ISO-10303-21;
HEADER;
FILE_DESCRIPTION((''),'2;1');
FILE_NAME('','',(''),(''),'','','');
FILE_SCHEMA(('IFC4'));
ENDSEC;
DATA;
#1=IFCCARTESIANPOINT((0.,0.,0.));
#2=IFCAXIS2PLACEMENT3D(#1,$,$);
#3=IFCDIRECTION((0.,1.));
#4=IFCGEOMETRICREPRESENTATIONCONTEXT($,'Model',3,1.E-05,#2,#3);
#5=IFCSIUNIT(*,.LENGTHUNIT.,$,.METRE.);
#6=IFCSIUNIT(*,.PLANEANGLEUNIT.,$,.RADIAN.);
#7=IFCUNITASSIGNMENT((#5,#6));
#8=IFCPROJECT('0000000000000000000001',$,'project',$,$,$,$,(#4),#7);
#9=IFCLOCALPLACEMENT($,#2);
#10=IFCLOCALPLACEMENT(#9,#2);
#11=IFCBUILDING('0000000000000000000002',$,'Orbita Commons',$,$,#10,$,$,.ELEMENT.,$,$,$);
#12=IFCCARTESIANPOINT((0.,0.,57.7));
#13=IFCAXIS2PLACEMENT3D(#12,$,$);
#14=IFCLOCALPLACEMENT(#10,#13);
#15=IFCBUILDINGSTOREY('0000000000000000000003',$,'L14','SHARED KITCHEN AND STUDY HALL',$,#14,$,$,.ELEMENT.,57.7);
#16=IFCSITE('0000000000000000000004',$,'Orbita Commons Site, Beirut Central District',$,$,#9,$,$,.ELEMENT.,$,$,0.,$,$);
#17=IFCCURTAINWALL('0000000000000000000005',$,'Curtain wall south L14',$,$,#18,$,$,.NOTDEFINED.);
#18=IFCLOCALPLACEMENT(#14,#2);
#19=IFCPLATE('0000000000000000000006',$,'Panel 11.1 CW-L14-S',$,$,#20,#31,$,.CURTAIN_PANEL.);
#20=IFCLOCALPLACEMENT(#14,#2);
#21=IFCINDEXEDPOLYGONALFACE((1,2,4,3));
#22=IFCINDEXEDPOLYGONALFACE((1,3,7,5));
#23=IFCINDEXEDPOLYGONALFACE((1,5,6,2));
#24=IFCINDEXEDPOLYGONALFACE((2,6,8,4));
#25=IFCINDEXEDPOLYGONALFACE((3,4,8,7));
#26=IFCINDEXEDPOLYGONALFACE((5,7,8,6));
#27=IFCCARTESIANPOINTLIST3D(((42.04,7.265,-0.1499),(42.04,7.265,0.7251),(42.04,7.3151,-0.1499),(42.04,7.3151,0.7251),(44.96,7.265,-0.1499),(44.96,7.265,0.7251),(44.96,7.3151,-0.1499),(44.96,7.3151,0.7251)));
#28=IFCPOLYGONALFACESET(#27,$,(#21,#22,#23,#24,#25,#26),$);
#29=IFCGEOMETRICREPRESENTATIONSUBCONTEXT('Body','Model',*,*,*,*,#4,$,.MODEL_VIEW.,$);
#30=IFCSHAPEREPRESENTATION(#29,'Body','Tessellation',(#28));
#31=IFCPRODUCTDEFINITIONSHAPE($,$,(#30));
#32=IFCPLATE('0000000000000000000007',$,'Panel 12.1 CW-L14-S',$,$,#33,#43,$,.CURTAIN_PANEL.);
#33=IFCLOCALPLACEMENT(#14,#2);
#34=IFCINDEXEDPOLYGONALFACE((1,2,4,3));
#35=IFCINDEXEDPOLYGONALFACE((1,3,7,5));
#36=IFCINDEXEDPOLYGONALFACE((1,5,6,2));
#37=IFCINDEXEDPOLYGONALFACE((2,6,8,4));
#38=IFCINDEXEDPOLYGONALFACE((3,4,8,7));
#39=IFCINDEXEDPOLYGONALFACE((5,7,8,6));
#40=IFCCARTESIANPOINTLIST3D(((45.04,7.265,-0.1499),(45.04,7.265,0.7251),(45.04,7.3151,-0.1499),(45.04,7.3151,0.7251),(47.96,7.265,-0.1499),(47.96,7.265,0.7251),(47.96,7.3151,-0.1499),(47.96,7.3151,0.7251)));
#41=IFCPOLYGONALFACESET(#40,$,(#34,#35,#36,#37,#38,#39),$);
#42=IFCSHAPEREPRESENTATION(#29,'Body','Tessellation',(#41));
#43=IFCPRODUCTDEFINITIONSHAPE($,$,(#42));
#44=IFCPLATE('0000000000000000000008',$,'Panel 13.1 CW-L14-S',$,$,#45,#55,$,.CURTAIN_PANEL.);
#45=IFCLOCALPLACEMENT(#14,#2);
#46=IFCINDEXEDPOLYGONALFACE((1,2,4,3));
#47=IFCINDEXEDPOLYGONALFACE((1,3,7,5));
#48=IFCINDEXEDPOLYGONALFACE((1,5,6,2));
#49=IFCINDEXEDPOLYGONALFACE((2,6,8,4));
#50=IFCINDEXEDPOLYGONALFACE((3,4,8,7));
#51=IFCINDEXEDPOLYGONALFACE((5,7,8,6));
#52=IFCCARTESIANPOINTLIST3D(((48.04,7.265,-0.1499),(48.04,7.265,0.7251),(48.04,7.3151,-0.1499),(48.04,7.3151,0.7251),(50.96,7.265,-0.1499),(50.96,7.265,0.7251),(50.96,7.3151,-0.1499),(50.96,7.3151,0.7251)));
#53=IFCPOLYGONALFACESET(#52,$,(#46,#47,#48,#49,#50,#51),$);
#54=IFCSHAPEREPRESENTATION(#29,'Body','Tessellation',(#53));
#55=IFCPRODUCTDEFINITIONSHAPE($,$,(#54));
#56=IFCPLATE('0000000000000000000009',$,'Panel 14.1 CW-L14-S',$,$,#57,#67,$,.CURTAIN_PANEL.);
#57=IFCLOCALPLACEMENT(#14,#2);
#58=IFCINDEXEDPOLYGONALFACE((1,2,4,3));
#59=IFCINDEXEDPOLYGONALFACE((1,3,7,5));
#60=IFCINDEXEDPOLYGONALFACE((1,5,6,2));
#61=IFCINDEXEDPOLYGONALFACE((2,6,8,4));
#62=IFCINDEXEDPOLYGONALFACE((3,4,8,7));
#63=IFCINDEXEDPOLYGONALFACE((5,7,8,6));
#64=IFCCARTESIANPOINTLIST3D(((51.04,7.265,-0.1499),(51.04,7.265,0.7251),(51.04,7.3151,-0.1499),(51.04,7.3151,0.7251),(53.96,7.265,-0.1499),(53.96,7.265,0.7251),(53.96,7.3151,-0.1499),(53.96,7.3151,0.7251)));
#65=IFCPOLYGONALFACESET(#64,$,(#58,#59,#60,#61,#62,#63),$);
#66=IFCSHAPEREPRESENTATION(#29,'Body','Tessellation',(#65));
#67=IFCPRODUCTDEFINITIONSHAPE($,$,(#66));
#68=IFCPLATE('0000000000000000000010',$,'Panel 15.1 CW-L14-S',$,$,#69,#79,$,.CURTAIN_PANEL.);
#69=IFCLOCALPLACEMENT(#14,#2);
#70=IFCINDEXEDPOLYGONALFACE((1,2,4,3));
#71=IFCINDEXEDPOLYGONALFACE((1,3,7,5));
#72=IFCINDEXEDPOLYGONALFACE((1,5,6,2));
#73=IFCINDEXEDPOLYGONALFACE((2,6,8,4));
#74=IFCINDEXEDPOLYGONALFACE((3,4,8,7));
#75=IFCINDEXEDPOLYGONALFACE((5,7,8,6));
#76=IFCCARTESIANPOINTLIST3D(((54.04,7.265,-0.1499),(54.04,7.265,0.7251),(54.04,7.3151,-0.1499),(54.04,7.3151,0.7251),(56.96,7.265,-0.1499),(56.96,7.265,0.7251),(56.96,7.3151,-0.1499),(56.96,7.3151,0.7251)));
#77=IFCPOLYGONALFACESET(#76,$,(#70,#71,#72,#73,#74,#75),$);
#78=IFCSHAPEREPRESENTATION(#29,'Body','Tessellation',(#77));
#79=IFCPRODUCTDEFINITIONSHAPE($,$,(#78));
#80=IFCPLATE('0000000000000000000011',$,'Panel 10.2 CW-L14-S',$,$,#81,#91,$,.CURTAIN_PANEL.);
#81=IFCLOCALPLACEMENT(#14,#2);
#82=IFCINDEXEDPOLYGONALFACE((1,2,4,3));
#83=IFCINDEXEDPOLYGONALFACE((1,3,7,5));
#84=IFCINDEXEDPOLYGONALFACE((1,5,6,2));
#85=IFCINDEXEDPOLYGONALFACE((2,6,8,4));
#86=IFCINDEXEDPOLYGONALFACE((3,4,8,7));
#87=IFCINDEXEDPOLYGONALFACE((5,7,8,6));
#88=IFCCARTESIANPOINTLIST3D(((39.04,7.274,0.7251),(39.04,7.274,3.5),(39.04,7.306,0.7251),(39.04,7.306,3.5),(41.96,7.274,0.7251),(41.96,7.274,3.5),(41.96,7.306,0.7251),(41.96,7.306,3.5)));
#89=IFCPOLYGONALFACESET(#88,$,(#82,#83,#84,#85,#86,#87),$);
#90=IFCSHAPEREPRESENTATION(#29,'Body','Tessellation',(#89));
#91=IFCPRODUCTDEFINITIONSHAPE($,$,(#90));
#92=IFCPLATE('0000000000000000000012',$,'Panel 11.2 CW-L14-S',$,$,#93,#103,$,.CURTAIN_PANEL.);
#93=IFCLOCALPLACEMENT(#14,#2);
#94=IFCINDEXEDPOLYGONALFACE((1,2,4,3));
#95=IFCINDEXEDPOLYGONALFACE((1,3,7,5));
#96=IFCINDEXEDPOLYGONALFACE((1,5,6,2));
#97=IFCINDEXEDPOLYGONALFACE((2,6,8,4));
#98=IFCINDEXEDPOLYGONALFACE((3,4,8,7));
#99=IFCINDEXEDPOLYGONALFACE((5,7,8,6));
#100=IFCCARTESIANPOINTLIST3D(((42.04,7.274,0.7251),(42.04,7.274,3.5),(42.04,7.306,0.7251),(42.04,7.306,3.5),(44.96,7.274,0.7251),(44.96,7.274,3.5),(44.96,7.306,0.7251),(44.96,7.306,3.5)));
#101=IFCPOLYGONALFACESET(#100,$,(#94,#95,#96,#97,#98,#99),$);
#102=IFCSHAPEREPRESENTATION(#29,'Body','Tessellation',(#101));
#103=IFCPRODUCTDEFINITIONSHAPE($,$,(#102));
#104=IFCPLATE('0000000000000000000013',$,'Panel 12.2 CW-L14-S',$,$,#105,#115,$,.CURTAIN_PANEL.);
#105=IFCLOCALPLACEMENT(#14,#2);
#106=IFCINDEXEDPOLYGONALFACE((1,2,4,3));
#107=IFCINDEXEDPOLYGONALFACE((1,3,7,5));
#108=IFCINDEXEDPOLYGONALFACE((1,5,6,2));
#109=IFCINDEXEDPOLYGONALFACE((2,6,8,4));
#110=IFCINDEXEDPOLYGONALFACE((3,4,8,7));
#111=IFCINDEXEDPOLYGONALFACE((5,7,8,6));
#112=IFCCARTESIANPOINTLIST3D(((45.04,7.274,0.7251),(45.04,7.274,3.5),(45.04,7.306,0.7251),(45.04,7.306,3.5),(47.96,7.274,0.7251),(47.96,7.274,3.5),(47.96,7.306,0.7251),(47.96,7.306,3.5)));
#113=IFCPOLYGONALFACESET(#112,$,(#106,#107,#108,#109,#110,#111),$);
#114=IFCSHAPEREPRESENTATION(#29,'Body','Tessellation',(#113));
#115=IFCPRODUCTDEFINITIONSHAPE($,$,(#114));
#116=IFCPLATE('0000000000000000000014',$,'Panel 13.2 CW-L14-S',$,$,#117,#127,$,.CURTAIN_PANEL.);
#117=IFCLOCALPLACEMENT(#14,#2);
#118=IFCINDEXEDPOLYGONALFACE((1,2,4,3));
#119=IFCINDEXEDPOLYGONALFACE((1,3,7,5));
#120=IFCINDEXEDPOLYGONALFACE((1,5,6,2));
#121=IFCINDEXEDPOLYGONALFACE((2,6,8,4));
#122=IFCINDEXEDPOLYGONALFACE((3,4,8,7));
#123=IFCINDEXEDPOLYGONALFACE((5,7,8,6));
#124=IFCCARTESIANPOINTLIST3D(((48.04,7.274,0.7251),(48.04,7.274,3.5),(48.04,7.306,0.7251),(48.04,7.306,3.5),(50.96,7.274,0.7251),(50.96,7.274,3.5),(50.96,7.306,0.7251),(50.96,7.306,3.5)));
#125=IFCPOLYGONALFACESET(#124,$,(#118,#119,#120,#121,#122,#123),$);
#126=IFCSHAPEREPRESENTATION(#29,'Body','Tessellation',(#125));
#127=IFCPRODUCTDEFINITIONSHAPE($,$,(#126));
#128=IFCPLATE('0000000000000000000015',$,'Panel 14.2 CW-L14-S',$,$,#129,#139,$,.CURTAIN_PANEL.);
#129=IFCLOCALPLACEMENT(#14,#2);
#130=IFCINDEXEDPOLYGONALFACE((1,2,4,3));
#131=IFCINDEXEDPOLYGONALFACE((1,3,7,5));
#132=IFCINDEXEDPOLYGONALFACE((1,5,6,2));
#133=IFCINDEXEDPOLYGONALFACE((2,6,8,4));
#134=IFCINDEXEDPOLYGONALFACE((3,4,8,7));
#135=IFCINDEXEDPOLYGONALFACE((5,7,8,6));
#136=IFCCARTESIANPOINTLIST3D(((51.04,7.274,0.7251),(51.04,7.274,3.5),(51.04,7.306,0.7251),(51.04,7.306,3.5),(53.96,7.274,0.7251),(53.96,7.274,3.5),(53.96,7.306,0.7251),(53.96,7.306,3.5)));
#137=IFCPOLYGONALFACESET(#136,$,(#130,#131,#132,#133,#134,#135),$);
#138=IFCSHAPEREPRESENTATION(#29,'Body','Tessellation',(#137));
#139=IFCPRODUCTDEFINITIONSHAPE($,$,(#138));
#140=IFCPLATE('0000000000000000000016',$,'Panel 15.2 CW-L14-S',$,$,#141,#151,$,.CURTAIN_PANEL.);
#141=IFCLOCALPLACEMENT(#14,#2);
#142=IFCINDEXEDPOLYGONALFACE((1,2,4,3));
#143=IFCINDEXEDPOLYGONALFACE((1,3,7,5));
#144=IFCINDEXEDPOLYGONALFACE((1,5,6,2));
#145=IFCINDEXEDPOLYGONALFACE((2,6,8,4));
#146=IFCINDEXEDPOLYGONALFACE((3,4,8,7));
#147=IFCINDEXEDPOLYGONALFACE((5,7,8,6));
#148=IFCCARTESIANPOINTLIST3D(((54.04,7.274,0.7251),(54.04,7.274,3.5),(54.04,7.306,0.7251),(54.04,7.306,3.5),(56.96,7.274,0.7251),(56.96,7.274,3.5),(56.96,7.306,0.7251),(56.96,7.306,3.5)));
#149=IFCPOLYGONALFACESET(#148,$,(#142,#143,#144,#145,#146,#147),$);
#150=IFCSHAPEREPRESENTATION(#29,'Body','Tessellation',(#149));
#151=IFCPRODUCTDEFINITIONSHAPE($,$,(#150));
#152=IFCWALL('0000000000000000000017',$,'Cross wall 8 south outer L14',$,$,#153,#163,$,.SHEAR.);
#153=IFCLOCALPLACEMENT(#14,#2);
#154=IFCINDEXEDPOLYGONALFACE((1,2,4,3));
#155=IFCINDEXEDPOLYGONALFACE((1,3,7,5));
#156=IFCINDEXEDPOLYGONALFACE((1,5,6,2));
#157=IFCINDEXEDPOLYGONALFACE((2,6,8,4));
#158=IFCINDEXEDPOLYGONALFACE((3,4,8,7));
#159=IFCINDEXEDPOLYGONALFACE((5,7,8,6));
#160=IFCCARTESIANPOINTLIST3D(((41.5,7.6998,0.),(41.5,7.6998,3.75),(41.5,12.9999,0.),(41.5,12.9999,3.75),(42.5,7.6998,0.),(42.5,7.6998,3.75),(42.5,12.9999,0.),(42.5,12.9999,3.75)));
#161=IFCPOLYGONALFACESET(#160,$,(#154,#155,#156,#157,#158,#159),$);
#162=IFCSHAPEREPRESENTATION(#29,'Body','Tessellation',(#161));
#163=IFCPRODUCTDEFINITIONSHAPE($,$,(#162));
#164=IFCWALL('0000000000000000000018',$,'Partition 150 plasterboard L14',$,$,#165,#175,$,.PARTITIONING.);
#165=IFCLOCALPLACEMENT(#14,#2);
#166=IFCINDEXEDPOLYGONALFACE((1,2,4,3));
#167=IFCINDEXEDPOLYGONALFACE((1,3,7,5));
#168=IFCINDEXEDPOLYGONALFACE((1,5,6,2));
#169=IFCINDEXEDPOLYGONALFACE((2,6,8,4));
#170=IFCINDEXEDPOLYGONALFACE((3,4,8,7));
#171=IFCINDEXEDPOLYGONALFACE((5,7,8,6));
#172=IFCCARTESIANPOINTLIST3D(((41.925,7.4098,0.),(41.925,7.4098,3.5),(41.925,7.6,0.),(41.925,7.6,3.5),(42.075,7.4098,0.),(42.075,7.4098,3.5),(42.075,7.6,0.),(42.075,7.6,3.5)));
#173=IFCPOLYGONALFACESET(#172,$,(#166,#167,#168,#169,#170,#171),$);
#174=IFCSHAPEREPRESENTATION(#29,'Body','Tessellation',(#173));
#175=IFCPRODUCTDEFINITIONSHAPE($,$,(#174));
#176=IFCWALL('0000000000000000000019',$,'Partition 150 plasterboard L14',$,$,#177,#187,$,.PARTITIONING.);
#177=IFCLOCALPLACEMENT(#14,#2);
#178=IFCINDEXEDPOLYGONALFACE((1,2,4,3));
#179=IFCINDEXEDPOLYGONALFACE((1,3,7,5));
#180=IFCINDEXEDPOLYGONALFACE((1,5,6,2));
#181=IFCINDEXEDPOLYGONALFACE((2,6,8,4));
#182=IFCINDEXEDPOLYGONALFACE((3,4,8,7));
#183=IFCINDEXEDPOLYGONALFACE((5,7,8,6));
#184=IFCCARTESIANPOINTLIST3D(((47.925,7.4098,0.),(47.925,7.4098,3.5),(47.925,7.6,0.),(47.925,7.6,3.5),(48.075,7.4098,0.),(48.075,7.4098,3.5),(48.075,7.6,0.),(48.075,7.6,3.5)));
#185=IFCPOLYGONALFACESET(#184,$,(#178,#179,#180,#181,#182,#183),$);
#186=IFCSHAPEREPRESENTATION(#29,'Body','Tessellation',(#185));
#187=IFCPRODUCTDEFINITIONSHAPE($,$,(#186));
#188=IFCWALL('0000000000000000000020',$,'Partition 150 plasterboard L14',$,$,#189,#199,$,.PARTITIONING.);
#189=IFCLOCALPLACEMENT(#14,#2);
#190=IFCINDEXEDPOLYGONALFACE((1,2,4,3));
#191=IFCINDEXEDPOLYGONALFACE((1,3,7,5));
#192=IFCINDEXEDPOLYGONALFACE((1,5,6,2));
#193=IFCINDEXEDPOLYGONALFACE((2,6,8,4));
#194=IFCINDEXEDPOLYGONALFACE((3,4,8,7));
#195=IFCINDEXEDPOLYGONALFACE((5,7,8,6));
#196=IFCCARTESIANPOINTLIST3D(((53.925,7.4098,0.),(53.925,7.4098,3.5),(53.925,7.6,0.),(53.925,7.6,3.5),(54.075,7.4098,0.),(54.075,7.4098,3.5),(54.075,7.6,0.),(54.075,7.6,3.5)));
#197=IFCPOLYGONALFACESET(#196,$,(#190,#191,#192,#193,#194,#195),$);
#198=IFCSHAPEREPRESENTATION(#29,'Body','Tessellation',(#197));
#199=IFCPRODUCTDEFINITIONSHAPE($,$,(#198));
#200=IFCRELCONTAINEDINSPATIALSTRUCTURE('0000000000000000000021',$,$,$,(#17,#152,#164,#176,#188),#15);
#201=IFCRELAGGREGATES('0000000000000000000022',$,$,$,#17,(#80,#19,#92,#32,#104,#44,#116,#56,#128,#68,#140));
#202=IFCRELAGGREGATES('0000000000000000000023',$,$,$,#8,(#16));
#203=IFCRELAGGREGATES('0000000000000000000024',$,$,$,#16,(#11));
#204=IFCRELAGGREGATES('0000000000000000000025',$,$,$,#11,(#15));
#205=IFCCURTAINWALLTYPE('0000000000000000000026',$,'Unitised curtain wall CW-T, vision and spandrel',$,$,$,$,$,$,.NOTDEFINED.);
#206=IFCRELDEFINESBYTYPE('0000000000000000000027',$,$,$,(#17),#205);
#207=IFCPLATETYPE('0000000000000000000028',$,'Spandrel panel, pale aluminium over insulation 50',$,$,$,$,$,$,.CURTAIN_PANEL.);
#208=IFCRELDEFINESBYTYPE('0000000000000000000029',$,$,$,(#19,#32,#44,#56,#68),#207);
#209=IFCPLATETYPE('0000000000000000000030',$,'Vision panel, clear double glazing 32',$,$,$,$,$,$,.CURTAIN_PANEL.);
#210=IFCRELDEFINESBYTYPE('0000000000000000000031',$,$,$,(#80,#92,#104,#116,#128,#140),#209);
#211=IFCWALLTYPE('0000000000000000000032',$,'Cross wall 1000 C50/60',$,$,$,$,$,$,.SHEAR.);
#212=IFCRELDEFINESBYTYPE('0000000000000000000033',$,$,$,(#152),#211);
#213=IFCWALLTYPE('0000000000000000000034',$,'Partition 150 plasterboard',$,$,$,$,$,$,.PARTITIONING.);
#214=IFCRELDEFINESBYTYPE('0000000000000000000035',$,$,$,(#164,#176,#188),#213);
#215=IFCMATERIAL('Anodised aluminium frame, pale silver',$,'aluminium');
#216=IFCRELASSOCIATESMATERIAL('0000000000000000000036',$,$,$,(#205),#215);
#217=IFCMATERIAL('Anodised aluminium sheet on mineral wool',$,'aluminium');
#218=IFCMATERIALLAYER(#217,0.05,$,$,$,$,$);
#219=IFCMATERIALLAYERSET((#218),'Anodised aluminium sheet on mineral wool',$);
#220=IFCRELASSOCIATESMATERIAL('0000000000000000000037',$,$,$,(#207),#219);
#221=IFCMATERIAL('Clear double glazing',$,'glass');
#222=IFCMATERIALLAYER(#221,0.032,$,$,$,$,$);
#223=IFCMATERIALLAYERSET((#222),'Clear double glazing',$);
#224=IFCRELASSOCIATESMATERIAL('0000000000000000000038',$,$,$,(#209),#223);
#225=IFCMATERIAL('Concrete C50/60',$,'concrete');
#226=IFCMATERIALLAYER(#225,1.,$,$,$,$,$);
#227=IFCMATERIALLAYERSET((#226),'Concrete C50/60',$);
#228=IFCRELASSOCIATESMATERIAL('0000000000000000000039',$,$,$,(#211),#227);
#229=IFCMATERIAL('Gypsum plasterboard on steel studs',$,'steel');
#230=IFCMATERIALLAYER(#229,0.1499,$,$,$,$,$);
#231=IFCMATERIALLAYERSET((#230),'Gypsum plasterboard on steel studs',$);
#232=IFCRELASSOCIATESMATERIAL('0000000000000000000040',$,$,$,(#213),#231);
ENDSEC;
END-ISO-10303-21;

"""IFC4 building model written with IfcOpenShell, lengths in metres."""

from ifc_helpers import new_model, si_unit, direction, frame, frame_2d, origin, origin_2d, place, context, subcontext, project, spatial, rectangle, extrude, material, layer, layer_set, type_object, element, aggregate, save


model = new_model("IFC4")

# Units and contexts
model_context = context("Model", 3, precision=1e-05, world=origin(), true_north=direction((0.0, 1.0)))
body_context = subcontext(model_context, "Body", "Model", "MODEL_VIEW")
ifc_project = project(units=[si_unit("LENGTHUNIT", "METRE"), si_unit("PLANEANGLEUNIT", "RADIAN")], contexts=[model_context])

# Site, building, storey
site_placement = place(None, origin())
site = spatial("IfcSite", under=ifc_project, at=site_placement, Name="Orbita Commons Site, Beirut Central District", CompositionType="ELEMENT", RefElevation=0.0)
building_placement = place(site_placement, origin())
building = spatial("IfcBuilding", under=site, at=building_placement, Name="Orbita Commons", CompositionType="ELEMENT")
storey_placement = place(building_placement, frame((0.0, 0.0, 57.7)))
storey = spatial("IfcBuildingStorey", under=building, at=storey_placement, Name="L14", Description="SHARED KITCHEN AND STUDY HALL", CompositionType="ELEMENT", Elevation=57.7)

# Curtain wall, plates
ifc_material_1 = material(Name="Anodised aluminium frame, pale silver", Category="aluminium")
curtain_wall_type = type_object("IfcCurtainWallType", Name="Unitised curtain wall CW-T, vision and spandrel", PredefinedType="NOTDEFINED", material=ifc_material_1)
curtain_wall_placement = place(storey_placement, origin())
curtain_wall = element("IfcCurtainWall", 1, at=curtain_wall_placement, inside=storey, type_object=curtain_wall_type, Name="Curtain wall south L14", PredefinedType="NOTDEFINED")
ifc_material_2 = material(Name="Anodised aluminium sheet on mineral wool", Category="aluminium")
ifc_layer_1 = layer(ifc_material_2, 0.05)
ifc_layer_set_1 = layer_set([ifc_layer_1], Name="Anodised aluminium sheet on mineral wool")
plate_type_1 = type_object("IfcPlateType", Name="Spandrel panel, pale aluminium over insulation 50", PredefinedType="CURTAIN_PANEL", material=ifc_layer_set_1)
plate_1_placement = place(storey_placement, frame((43.5, 7.29, -0.1499), z_axis=(0.0, 0.0, 1.0), x_axis=(1.0, 0.0, 0.0)))
plate_1 = element("IfcPlate", 2, at=plate_1_placement, type_object=plate_type_1, Name="Panel 11.1 CW-L14-S", PredefinedType="CURTAIN_PANEL", context=body_context, shape_type="SweptSolid", body=[
    extrude(rectangle(XDim=2.9199, YDim=0.05, at=origin_2d()), origin(), (0.0, 0.0, 1.0), 0.875),
])
plate_2_placement = place(storey_placement, frame((46.5, 7.29, -0.1499), z_axis=(0.0, 0.0, 1.0), x_axis=(1.0, 0.0, 0.0)))
plate_2 = element("IfcPlate", 3, at=plate_2_placement, type_object=plate_type_1, Name="Panel 12.1 CW-L14-S", PredefinedType="CURTAIN_PANEL", context=body_context, shape_type="SweptSolid", body=[
    extrude(rectangle(XDim=2.9199, YDim=0.05, at=origin_2d()), origin(), (0.0, 0.0, 1.0), 0.875),
])
plate_3_placement = place(storey_placement, frame((49.5, 7.29, -0.1499), z_axis=(0.0, 0.0, 1.0), x_axis=(1.0, 0.0, 0.0)))
plate_3 = element("IfcPlate", 4, at=plate_3_placement, type_object=plate_type_1, Name="Panel 13.1 CW-L14-S", PredefinedType="CURTAIN_PANEL", context=body_context, shape_type="SweptSolid", body=[
    extrude(rectangle(XDim=2.9199, YDim=0.05, at=origin_2d()), origin(), (0.0, 0.0, 1.0), 0.875),
])
plate_4_placement = place(storey_placement, frame((52.5, 7.29, -0.1499), z_axis=(0.0, 0.0, 1.0), x_axis=(1.0, 0.0, 0.0)))
plate_4 = element("IfcPlate", 5, at=plate_4_placement, type_object=plate_type_1, Name="Panel 14.1 CW-L14-S", PredefinedType="CURTAIN_PANEL", context=body_context, shape_type="SweptSolid", body=[
    extrude(rectangle(XDim=2.9199, YDim=0.05, at=origin_2d()), origin(), (0.0, 0.0, 1.0), 0.875),
])
plate_5_placement = place(storey_placement, frame((55.5, 7.29, -0.1499), z_axis=(0.0, 0.0, 1.0), x_axis=(1.0, 0.0, 0.0)))
plate_5 = element("IfcPlate", 6, at=plate_5_placement, type_object=plate_type_1, Name="Panel 15.1 CW-L14-S", PredefinedType="CURTAIN_PANEL", context=body_context, shape_type="SweptSolid", body=[
    extrude(rectangle(XDim=2.9199, YDim=0.05, at=origin_2d()), origin(), (0.0, 0.0, 1.0), 0.875),
])
ifc_material_3 = material(Name="Clear double glazing", Category="glass")
ifc_layer_2 = layer(ifc_material_3, 0.032)
ifc_layer_set_2 = layer_set([ifc_layer_2], Name="Clear double glazing")
plate_type_2 = type_object("IfcPlateType", Name="Vision panel, clear double glazing 32", PredefinedType="CURTAIN_PANEL", material=ifc_layer_set_2)
plate_6_placement = place(storey_placement, frame((40.5, 7.29, 0.7251), z_axis=(0.0, 0.0, 1.0), x_axis=(1.0, 0.0, 0.0)))
plate_6 = element("IfcPlate", 7, at=plate_6_placement, type_object=plate_type_2, Name="Panel 10.2 CW-L14-S", PredefinedType="CURTAIN_PANEL", context=body_context, shape_type="SweptSolid", body=[
    extrude(rectangle(XDim=2.9199, YDim=0.032, at=origin_2d()), origin(), (0.0, 0.0, 1.0), 2.7749),
])
plate_7_placement = place(storey_placement, frame((43.5, 7.29, 0.7251), z_axis=(0.0, 0.0, 1.0), x_axis=(1.0, 0.0, 0.0)))
plate_7 = element("IfcPlate", 8, at=plate_7_placement, type_object=plate_type_2, Name="Panel 11.2 CW-L14-S", PredefinedType="CURTAIN_PANEL", context=body_context, shape_type="SweptSolid", body=[
    extrude(rectangle(XDim=2.9199, YDim=0.032, at=origin_2d()), origin(), (0.0, 0.0, 1.0), 2.7749),
])
plate_8_placement = place(storey_placement, frame((46.5, 7.29, 0.7251), z_axis=(0.0, 0.0, 1.0), x_axis=(1.0, 0.0, 0.0)))
plate_8 = element("IfcPlate", 9, at=plate_8_placement, type_object=plate_type_2, Name="Panel 12.2 CW-L14-S", PredefinedType="CURTAIN_PANEL", context=body_context, shape_type="SweptSolid", body=[
    extrude(rectangle(XDim=2.9199, YDim=0.032, at=origin_2d()), origin(), (0.0, 0.0, 1.0), 2.7749),
])
plate_9_placement = place(storey_placement, frame((49.5, 7.29, 0.7251), z_axis=(0.0, 0.0, 1.0), x_axis=(1.0, 0.0, 0.0)))
plate_9 = element("IfcPlate", 10, at=plate_9_placement, type_object=plate_type_2, Name="Panel 13.2 CW-L14-S", PredefinedType="CURTAIN_PANEL", context=body_context, shape_type="SweptSolid", body=[
    extrude(rectangle(XDim=2.9199, YDim=0.032, at=origin_2d()), origin(), (0.0, 0.0, 1.0), 2.7749),
])
plate_10_placement = place(storey_placement, frame((52.5, 7.29, 0.7251), z_axis=(0.0, 0.0, 1.0), x_axis=(1.0, 0.0, 0.0)))
plate_10 = element("IfcPlate", 11, at=plate_10_placement, type_object=plate_type_2, Name="Panel 14.2 CW-L14-S", PredefinedType="CURTAIN_PANEL", context=body_context, shape_type="SweptSolid", body=[
    extrude(rectangle(XDim=2.9199, YDim=0.032, at=origin_2d()), origin(), (0.0, 0.0, 1.0), 2.7749),
])
plate_11_placement = place(storey_placement, frame((55.5, 7.29, 0.7251), z_axis=(0.0, 0.0, 1.0), x_axis=(1.0, 0.0, 0.0)))
plate_11 = element("IfcPlate", 12, at=plate_11_placement, type_object=plate_type_2, Name="Panel 15.2 CW-L14-S", PredefinedType="CURTAIN_PANEL", context=body_context, shape_type="SweptSolid", body=[
    extrude(rectangle(XDim=2.9199, YDim=0.032, at=origin_2d()), origin(), (0.0, 0.0, 1.0), 2.7749),
])
aggregate(curtain_wall, [plate_6, plate_1, plate_7, plate_2, plate_8, plate_3, plate_9, plate_4, plate_10, plate_5, plate_11])

# Walls
ifc_material_4 = material(Name="Concrete C50/60", Category="concrete")
ifc_layer_3 = layer(ifc_material_4, 1.0)
ifc_layer_set_3 = layer_set([ifc_layer_3], Name="Concrete C50/60")
wall_type_1 = type_object("IfcWallType", Name="Cross wall 1000 C50/60", PredefinedType="SHEAR", material=ifc_layer_set_3)
wall_1_placement = place(storey_placement, frame((42.0, 7.7, 0.0), z_axis=(0.0, 0.0, 1.0), x_axis=(0.0, 1.0, 0.0)))
element("IfcWall", 13, at=wall_1_placement, inside=storey, type_object=wall_type_1, Name="Cross wall 8 south outer L14", PredefinedType="SHEAR", context=body_context, shape_type="SweptSolid", body=[
    extrude(rectangle(XDim=5.3, YDim=1.0, at=frame_2d((2.6499, 0.0))), origin(), (0.0, 0.0, 1.0), 3.75),
])
ifc_material_5 = material(Name="Gypsum plasterboard on steel studs", Category="steel")
ifc_layer_4 = layer(ifc_material_5, 0.1499)
ifc_layer_set_4 = layer_set([ifc_layer_4], Name="Gypsum plasterboard on steel studs")
wall_type_2 = type_object("IfcWallType", Name="Partition 150 plasterboard", PredefinedType="PARTITIONING", material=ifc_layer_set_4)
for number, where, z_axis, x_axis, name in (
    (14, (42.0, 7.6001, 0.0), (0.0, 0.0, 1.0), (0.0, -1.0, 0.0), "Partition 150 plasterboard L14"),
    (15, (48.0, 7.6001, 0.0), (0.0, 0.0, 1.0), (0.0, -1.0, 0.0), "Partition 150 plasterboard L14"),
    (16, (54.0, 7.6001, 0.0), (0.0, 0.0, 1.0), (0.0, -1.0, 0.0), "Partition 150 plasterboard L14"),
):
    element("IfcWall", number, at=place(storey_placement, frame(where, z_axis=z_axis, x_axis=x_axis)), inside=storey, type_object=wall_type_2, Name=name, PredefinedType="PARTITIONING", context=body_context, shape_type="SweptSolid", body=[
        extrude(rectangle(XDim=0.1902, YDim=0.1499, at=frame_2d((0.0952, 0.0))), origin(), (0.0, 0.0, 1.0), 3.5),
    ])

save(model, "model.ifc")
